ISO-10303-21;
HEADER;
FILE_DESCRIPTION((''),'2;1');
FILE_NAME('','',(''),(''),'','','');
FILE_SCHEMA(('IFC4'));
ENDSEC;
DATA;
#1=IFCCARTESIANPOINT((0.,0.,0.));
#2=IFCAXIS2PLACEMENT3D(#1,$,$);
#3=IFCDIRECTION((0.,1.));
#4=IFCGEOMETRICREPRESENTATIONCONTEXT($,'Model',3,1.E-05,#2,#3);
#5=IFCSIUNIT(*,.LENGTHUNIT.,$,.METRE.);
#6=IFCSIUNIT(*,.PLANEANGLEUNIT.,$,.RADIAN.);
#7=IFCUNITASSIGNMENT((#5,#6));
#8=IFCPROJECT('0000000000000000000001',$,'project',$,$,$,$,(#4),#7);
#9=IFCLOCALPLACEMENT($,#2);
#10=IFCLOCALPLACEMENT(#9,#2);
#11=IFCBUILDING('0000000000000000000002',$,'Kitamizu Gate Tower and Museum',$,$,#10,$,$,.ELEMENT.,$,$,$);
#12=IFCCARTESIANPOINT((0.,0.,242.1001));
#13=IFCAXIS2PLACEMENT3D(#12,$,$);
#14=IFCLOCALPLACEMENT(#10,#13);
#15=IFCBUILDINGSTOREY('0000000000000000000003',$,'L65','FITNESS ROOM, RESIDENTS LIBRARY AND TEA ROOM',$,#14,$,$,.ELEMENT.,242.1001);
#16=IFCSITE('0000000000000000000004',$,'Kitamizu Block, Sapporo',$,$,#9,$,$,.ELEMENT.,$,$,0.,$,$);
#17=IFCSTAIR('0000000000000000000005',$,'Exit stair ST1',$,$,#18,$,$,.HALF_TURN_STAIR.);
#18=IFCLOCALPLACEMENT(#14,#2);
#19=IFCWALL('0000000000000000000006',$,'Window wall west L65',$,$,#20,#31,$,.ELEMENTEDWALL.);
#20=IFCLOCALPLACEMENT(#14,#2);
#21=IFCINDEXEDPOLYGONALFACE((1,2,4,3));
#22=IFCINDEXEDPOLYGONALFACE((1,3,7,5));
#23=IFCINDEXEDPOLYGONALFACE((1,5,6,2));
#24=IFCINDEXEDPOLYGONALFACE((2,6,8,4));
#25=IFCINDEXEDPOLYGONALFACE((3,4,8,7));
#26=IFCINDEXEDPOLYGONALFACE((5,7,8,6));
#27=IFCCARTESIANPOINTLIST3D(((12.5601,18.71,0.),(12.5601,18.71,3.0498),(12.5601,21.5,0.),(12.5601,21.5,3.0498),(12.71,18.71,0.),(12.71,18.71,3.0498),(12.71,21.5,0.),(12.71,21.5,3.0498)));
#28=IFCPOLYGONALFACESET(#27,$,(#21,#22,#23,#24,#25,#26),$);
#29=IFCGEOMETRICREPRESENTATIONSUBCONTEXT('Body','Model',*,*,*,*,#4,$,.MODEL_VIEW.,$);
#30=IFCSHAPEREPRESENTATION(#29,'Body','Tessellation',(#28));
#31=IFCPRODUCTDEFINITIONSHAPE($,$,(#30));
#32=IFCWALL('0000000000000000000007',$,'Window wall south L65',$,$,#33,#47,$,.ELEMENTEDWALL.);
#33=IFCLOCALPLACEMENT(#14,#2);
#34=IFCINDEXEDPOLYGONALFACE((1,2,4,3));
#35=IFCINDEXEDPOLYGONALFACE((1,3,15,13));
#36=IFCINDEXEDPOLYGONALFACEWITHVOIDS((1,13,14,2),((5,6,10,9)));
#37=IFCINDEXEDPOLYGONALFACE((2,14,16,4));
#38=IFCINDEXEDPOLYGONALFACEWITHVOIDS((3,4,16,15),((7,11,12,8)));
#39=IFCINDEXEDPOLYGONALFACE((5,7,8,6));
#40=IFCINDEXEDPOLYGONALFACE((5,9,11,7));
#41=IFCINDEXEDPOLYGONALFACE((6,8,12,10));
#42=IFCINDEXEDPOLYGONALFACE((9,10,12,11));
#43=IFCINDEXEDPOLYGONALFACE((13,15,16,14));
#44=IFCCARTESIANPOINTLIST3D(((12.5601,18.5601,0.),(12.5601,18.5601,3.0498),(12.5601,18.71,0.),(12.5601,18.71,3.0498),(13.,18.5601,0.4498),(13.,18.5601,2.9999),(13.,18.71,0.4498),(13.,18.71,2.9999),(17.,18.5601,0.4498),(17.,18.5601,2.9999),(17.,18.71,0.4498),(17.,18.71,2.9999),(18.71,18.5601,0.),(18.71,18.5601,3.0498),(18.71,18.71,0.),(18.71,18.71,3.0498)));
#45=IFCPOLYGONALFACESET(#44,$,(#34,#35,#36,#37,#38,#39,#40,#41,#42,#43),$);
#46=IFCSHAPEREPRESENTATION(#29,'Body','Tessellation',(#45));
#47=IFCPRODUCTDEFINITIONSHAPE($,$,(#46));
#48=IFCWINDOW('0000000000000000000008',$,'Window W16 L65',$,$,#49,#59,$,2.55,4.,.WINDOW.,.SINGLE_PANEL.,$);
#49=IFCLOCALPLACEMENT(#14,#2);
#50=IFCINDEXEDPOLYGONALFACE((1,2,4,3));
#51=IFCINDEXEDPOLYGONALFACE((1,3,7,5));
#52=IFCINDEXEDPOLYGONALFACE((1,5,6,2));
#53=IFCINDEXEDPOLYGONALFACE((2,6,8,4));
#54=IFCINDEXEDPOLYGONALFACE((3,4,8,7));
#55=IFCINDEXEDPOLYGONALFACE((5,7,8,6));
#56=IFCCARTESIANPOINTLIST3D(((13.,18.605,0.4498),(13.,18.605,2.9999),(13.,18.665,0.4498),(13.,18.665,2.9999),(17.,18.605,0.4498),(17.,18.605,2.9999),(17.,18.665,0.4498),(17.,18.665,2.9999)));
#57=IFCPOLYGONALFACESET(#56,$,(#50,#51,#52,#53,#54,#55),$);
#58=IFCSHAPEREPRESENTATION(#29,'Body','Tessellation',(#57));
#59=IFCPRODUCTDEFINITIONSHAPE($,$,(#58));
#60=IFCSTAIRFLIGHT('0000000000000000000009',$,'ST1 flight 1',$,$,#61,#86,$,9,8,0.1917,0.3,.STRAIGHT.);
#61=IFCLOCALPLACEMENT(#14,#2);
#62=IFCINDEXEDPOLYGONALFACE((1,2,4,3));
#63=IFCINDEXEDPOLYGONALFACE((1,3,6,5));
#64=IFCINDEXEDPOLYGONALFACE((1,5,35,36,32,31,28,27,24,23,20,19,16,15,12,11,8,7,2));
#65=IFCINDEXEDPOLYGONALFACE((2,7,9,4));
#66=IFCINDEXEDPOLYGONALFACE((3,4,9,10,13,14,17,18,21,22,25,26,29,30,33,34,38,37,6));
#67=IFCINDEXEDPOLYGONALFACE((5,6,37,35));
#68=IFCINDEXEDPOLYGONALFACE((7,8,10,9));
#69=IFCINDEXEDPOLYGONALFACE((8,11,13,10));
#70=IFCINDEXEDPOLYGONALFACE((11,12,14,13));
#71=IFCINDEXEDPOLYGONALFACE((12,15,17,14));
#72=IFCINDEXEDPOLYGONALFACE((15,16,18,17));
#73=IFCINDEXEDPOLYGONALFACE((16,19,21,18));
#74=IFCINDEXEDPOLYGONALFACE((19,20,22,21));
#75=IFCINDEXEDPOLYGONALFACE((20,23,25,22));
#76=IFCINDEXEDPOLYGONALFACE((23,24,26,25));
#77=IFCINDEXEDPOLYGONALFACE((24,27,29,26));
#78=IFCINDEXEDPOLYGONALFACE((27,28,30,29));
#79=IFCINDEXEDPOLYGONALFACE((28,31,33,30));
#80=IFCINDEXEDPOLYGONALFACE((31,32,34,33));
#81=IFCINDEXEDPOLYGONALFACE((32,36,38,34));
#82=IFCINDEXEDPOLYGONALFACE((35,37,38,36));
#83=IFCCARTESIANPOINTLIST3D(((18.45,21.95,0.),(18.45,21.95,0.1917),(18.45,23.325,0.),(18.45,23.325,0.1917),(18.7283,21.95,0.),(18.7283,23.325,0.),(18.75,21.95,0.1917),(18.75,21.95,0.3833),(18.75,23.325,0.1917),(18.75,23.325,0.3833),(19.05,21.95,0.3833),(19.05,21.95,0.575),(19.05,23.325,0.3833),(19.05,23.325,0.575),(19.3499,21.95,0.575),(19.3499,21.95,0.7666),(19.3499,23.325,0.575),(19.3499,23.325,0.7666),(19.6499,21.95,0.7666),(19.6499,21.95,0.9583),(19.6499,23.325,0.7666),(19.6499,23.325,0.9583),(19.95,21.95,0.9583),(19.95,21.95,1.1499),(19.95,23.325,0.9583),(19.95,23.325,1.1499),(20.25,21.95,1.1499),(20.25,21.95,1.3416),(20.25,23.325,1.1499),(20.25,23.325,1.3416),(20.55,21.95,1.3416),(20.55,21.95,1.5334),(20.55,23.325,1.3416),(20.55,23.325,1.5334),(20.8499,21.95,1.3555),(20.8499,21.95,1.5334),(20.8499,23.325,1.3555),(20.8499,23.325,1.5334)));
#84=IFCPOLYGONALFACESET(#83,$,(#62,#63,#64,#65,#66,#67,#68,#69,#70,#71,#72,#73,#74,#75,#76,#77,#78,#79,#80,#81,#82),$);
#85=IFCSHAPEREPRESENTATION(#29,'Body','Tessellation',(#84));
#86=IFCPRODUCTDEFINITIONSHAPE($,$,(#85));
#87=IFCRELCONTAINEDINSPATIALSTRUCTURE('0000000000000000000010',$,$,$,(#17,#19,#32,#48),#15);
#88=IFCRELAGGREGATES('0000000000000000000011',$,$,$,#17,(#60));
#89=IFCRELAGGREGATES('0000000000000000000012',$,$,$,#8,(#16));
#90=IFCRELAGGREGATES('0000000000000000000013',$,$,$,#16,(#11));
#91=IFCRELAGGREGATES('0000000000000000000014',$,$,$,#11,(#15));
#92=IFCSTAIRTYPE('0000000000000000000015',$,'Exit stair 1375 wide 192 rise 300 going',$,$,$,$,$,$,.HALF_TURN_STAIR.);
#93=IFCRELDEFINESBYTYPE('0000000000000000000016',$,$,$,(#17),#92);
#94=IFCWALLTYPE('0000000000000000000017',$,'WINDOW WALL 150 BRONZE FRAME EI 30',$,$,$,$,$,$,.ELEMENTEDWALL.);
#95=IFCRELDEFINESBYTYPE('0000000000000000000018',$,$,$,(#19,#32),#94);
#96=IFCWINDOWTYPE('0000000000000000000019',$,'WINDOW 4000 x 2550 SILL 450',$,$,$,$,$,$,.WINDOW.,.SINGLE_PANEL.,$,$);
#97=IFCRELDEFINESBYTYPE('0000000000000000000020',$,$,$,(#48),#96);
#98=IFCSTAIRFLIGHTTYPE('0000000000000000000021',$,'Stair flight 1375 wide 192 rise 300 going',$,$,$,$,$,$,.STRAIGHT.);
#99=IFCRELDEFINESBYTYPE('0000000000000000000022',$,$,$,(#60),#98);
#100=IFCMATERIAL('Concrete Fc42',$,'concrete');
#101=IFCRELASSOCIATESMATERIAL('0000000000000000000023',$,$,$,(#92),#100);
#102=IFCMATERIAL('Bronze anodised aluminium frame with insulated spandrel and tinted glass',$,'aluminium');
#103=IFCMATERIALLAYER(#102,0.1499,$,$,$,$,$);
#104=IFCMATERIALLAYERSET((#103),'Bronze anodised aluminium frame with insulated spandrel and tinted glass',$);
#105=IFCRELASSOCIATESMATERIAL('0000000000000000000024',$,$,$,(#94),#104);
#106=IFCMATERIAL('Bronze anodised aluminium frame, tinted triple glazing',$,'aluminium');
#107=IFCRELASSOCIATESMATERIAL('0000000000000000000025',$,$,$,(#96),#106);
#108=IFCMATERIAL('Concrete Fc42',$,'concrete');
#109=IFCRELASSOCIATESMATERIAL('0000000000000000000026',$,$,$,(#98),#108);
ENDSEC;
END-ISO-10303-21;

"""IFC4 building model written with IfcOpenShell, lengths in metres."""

from ifc_helpers import new_model, si_unit, direction, frame, frame_2d, origin, place, context, subcontext, project, spatial, polyline, rectangle, outline, extrude, material, layer, layer_set, type_object, element, fill, aggregate, save


model = new_model("IFC4")

# Units and contexts
model_context = context("Model", 3, precision=1e-05, world=origin(), true_north=direction((0.0, 1.0)))
body_context = subcontext(model_context, "Body", "Model", "MODEL_VIEW")
ifc_project = project(units=[si_unit("LENGTHUNIT", "METRE"), si_unit("PLANEANGLEUNIT", "RADIAN")], contexts=[model_context])

# Site, building, storey
site_placement = place(None, origin())
site = spatial("IfcSite", under=ifc_project, at=site_placement, Name="Kitamizu Block, Sapporo", CompositionType="ELEMENT", RefElevation=0.0)
building_placement = place(site_placement, origin())
building = spatial("IfcBuilding", under=site, at=building_placement, Name="Kitamizu Gate Tower and Museum", CompositionType="ELEMENT")
storey_placement = place(building_placement, frame((0.0, 0.0, 242.1001)))
storey = spatial("IfcBuildingStorey", under=building, at=storey_placement, Name="L65", Description="FITNESS ROOM, RESIDENTS LIBRARY AND TEA ROOM", CompositionType="ELEMENT", Elevation=242.1001)

# Stair
ifc_material_1 = material(Name="Concrete Fc42", Category="concrete")
stair_type = type_object("IfcStairType", Name="Exit stair 1375 wide 192 rise 300 going", PredefinedType="HALF_TURN_STAIR", material=ifc_material_1)
stair_1_placement = place(storey_placement, origin())
stair_1 = element("IfcStair", 1, at=stair_1_placement, inside=storey, type_object=stair_type, Name="Exit stair ST1", PredefinedType="HALF_TURN_STAIR")

# Wall
ifc_material_2 = material(Name="Bronze anodised aluminium frame with insulated spandrel and tinted glass", Category="aluminium")
ifc_layer_1 = layer(ifc_material_2, 0.1499)
ifc_layer_set_1 = layer_set([ifc_layer_1], Name="Bronze anodised aluminium frame with insulated spandrel and tinted glass")
wall_type_1 = type_object("IfcWallType", Name="WINDOW WALL 150 BRONZE FRAME EI 30", PredefinedType="ELEMENTEDWALL", material=ifc_layer_set_1)
wall_1_placement = place(storey_placement, frame((12.635, 18.71, 0.0), z_axis=(0.0, 0.0, 1.0), x_axis=(0.0, 1.0, 0.0)))
element("IfcWall", 2, at=wall_1_placement, inside=storey, type_object=wall_type_1, Name="Window wall west L65", PredefinedType="ELEMENTEDWALL", context=body_context, shape_type="SweptSolid", body=[
    extrude(rectangle(XDim=2.79, YDim=0.1499, at=frame_2d((1.395, 0.0))), origin(), (0.0, 0.0, 1.0), 3.0498),
])

# Wall, opening, window
wall_2_placement = place(storey_placement, frame((12.5601, 18.635, 0.0), z_axis=(0.0, 0.0, 1.0), x_axis=(1.0, 0.0, 0.0)))
wall_2 = element("IfcWall", 3, at=wall_2_placement, inside=storey, type_object=wall_type_1, Name="Window wall south L65", PredefinedType="ELEMENTEDWALL", context=body_context, shape_type="SweptSolid", body=[
    extrude(rectangle(XDim=6.1499, YDim=0.1499, at=frame_2d((3.075, 0.0))), origin(), (0.0, 0.0, 1.0), 3.0498),
])
opening_1_placement = place(wall_2_placement, frame((0.4399, 0.0, 0.45)))
opening_1 = element("IfcOpeningElement", 4, at=opening_1_placement, cuts=wall_2, PredefinedType="OPENING", context=body_context, shape_type="SweptSolid", body=[
    extrude(rectangle(XDim=4.0, YDim=2.55, at=frame_2d((2.0, 1.2749))), frame((0.0, 0.085, 0.0), z_axis=(0.0, -1.0, 0.0), x_axis=(1.0, 0.0, 0.0)), (0.0, 0.0, 1.0), 0.1699),
])
ifc_material_3 = material(Name="Bronze anodised aluminium frame, tinted triple glazing", Category="aluminium")
window_type = type_object("IfcWindowType", Name="WINDOW 4000 x 2550 SILL 450", PartitioningType="SINGLE_PANEL", PredefinedType="WINDOW", material=ifc_material_3)
window_placement = place(opening_1_placement, origin())
window = element("IfcWindow", 5, at=window_placement, inside=storey, type_object=window_type, Name="Window W16 L65", OverallHeight=2.55, OverallWidth=4.0, PartitioningType="SINGLE_PANEL", PredefinedType="WINDOW", context=body_context, shape_type="SweptSolid", body=[
    extrude(rectangle(XDim=4.0, YDim=2.55, at=frame_2d((2.0, 1.2749))), frame((0.0, 0.03, 0.0), z_axis=(0.0, -1.0, 0.0), x_axis=(1.0, 0.0, 0.0)), (0.0, 0.0, 1.0), 0.0601),
])
fill(opening_1, window)

# Stair flight
ifc_material_4 = material(Name="Concrete Fc42", Category="concrete")
stair_flight_type = type_object("IfcStairFlightType", Name="Stair flight 1375 wide 192 rise 300 going", PredefinedType="STRAIGHT", material=ifc_material_4)
stair_flight_placement = place(storey_placement, frame((18.45, 22.6375, 0.0), z_axis=(0.0, 0.0, 1.0), x_axis=(1.0, 0.0, 0.0)))
stair_flight = element("IfcStairFlight", 6, at=stair_flight_placement, type_object=stair_flight_type, Name="ST1 flight 1", NumberOfRisers=9, NumberOfTreads=8, PredefinedType="STRAIGHT", RiserHeight=0.1917, TreadLength=0.3, context=body_context, shape_type="SweptSolid", body=[
    extrude(outline(polyline([(0.0, 0.0), (0.0, 0.1917), (0.3, 0.1917), (0.3, 0.3833), (0.6001, 0.3833), (0.6001, 0.575), (0.8999, 0.575), (0.8999, 0.7666), (1.2, 0.7666), (1.2, 0.9583), (1.5, 0.9583), (1.5, 1.1499), (1.8, 1.1499), (1.8, 1.3416), (2.1001, 1.3416), (2.1001, 1.5334), (2.3999, 1.5334), (2.3999, 1.7251), (2.3999, 1.3555), (0.2783, 0.0), (0.0, 0.0)])), frame((0.0, 0.6875, 0.0), z_axis=(0.0, -1.0, 0.0), x_axis=(1.0, 0.0, 0.0)), (0.0, 0.0, 1.0), 1.375),
])
aggregate(stair_1, [stair_flight])

save(model, "model.ifc")
